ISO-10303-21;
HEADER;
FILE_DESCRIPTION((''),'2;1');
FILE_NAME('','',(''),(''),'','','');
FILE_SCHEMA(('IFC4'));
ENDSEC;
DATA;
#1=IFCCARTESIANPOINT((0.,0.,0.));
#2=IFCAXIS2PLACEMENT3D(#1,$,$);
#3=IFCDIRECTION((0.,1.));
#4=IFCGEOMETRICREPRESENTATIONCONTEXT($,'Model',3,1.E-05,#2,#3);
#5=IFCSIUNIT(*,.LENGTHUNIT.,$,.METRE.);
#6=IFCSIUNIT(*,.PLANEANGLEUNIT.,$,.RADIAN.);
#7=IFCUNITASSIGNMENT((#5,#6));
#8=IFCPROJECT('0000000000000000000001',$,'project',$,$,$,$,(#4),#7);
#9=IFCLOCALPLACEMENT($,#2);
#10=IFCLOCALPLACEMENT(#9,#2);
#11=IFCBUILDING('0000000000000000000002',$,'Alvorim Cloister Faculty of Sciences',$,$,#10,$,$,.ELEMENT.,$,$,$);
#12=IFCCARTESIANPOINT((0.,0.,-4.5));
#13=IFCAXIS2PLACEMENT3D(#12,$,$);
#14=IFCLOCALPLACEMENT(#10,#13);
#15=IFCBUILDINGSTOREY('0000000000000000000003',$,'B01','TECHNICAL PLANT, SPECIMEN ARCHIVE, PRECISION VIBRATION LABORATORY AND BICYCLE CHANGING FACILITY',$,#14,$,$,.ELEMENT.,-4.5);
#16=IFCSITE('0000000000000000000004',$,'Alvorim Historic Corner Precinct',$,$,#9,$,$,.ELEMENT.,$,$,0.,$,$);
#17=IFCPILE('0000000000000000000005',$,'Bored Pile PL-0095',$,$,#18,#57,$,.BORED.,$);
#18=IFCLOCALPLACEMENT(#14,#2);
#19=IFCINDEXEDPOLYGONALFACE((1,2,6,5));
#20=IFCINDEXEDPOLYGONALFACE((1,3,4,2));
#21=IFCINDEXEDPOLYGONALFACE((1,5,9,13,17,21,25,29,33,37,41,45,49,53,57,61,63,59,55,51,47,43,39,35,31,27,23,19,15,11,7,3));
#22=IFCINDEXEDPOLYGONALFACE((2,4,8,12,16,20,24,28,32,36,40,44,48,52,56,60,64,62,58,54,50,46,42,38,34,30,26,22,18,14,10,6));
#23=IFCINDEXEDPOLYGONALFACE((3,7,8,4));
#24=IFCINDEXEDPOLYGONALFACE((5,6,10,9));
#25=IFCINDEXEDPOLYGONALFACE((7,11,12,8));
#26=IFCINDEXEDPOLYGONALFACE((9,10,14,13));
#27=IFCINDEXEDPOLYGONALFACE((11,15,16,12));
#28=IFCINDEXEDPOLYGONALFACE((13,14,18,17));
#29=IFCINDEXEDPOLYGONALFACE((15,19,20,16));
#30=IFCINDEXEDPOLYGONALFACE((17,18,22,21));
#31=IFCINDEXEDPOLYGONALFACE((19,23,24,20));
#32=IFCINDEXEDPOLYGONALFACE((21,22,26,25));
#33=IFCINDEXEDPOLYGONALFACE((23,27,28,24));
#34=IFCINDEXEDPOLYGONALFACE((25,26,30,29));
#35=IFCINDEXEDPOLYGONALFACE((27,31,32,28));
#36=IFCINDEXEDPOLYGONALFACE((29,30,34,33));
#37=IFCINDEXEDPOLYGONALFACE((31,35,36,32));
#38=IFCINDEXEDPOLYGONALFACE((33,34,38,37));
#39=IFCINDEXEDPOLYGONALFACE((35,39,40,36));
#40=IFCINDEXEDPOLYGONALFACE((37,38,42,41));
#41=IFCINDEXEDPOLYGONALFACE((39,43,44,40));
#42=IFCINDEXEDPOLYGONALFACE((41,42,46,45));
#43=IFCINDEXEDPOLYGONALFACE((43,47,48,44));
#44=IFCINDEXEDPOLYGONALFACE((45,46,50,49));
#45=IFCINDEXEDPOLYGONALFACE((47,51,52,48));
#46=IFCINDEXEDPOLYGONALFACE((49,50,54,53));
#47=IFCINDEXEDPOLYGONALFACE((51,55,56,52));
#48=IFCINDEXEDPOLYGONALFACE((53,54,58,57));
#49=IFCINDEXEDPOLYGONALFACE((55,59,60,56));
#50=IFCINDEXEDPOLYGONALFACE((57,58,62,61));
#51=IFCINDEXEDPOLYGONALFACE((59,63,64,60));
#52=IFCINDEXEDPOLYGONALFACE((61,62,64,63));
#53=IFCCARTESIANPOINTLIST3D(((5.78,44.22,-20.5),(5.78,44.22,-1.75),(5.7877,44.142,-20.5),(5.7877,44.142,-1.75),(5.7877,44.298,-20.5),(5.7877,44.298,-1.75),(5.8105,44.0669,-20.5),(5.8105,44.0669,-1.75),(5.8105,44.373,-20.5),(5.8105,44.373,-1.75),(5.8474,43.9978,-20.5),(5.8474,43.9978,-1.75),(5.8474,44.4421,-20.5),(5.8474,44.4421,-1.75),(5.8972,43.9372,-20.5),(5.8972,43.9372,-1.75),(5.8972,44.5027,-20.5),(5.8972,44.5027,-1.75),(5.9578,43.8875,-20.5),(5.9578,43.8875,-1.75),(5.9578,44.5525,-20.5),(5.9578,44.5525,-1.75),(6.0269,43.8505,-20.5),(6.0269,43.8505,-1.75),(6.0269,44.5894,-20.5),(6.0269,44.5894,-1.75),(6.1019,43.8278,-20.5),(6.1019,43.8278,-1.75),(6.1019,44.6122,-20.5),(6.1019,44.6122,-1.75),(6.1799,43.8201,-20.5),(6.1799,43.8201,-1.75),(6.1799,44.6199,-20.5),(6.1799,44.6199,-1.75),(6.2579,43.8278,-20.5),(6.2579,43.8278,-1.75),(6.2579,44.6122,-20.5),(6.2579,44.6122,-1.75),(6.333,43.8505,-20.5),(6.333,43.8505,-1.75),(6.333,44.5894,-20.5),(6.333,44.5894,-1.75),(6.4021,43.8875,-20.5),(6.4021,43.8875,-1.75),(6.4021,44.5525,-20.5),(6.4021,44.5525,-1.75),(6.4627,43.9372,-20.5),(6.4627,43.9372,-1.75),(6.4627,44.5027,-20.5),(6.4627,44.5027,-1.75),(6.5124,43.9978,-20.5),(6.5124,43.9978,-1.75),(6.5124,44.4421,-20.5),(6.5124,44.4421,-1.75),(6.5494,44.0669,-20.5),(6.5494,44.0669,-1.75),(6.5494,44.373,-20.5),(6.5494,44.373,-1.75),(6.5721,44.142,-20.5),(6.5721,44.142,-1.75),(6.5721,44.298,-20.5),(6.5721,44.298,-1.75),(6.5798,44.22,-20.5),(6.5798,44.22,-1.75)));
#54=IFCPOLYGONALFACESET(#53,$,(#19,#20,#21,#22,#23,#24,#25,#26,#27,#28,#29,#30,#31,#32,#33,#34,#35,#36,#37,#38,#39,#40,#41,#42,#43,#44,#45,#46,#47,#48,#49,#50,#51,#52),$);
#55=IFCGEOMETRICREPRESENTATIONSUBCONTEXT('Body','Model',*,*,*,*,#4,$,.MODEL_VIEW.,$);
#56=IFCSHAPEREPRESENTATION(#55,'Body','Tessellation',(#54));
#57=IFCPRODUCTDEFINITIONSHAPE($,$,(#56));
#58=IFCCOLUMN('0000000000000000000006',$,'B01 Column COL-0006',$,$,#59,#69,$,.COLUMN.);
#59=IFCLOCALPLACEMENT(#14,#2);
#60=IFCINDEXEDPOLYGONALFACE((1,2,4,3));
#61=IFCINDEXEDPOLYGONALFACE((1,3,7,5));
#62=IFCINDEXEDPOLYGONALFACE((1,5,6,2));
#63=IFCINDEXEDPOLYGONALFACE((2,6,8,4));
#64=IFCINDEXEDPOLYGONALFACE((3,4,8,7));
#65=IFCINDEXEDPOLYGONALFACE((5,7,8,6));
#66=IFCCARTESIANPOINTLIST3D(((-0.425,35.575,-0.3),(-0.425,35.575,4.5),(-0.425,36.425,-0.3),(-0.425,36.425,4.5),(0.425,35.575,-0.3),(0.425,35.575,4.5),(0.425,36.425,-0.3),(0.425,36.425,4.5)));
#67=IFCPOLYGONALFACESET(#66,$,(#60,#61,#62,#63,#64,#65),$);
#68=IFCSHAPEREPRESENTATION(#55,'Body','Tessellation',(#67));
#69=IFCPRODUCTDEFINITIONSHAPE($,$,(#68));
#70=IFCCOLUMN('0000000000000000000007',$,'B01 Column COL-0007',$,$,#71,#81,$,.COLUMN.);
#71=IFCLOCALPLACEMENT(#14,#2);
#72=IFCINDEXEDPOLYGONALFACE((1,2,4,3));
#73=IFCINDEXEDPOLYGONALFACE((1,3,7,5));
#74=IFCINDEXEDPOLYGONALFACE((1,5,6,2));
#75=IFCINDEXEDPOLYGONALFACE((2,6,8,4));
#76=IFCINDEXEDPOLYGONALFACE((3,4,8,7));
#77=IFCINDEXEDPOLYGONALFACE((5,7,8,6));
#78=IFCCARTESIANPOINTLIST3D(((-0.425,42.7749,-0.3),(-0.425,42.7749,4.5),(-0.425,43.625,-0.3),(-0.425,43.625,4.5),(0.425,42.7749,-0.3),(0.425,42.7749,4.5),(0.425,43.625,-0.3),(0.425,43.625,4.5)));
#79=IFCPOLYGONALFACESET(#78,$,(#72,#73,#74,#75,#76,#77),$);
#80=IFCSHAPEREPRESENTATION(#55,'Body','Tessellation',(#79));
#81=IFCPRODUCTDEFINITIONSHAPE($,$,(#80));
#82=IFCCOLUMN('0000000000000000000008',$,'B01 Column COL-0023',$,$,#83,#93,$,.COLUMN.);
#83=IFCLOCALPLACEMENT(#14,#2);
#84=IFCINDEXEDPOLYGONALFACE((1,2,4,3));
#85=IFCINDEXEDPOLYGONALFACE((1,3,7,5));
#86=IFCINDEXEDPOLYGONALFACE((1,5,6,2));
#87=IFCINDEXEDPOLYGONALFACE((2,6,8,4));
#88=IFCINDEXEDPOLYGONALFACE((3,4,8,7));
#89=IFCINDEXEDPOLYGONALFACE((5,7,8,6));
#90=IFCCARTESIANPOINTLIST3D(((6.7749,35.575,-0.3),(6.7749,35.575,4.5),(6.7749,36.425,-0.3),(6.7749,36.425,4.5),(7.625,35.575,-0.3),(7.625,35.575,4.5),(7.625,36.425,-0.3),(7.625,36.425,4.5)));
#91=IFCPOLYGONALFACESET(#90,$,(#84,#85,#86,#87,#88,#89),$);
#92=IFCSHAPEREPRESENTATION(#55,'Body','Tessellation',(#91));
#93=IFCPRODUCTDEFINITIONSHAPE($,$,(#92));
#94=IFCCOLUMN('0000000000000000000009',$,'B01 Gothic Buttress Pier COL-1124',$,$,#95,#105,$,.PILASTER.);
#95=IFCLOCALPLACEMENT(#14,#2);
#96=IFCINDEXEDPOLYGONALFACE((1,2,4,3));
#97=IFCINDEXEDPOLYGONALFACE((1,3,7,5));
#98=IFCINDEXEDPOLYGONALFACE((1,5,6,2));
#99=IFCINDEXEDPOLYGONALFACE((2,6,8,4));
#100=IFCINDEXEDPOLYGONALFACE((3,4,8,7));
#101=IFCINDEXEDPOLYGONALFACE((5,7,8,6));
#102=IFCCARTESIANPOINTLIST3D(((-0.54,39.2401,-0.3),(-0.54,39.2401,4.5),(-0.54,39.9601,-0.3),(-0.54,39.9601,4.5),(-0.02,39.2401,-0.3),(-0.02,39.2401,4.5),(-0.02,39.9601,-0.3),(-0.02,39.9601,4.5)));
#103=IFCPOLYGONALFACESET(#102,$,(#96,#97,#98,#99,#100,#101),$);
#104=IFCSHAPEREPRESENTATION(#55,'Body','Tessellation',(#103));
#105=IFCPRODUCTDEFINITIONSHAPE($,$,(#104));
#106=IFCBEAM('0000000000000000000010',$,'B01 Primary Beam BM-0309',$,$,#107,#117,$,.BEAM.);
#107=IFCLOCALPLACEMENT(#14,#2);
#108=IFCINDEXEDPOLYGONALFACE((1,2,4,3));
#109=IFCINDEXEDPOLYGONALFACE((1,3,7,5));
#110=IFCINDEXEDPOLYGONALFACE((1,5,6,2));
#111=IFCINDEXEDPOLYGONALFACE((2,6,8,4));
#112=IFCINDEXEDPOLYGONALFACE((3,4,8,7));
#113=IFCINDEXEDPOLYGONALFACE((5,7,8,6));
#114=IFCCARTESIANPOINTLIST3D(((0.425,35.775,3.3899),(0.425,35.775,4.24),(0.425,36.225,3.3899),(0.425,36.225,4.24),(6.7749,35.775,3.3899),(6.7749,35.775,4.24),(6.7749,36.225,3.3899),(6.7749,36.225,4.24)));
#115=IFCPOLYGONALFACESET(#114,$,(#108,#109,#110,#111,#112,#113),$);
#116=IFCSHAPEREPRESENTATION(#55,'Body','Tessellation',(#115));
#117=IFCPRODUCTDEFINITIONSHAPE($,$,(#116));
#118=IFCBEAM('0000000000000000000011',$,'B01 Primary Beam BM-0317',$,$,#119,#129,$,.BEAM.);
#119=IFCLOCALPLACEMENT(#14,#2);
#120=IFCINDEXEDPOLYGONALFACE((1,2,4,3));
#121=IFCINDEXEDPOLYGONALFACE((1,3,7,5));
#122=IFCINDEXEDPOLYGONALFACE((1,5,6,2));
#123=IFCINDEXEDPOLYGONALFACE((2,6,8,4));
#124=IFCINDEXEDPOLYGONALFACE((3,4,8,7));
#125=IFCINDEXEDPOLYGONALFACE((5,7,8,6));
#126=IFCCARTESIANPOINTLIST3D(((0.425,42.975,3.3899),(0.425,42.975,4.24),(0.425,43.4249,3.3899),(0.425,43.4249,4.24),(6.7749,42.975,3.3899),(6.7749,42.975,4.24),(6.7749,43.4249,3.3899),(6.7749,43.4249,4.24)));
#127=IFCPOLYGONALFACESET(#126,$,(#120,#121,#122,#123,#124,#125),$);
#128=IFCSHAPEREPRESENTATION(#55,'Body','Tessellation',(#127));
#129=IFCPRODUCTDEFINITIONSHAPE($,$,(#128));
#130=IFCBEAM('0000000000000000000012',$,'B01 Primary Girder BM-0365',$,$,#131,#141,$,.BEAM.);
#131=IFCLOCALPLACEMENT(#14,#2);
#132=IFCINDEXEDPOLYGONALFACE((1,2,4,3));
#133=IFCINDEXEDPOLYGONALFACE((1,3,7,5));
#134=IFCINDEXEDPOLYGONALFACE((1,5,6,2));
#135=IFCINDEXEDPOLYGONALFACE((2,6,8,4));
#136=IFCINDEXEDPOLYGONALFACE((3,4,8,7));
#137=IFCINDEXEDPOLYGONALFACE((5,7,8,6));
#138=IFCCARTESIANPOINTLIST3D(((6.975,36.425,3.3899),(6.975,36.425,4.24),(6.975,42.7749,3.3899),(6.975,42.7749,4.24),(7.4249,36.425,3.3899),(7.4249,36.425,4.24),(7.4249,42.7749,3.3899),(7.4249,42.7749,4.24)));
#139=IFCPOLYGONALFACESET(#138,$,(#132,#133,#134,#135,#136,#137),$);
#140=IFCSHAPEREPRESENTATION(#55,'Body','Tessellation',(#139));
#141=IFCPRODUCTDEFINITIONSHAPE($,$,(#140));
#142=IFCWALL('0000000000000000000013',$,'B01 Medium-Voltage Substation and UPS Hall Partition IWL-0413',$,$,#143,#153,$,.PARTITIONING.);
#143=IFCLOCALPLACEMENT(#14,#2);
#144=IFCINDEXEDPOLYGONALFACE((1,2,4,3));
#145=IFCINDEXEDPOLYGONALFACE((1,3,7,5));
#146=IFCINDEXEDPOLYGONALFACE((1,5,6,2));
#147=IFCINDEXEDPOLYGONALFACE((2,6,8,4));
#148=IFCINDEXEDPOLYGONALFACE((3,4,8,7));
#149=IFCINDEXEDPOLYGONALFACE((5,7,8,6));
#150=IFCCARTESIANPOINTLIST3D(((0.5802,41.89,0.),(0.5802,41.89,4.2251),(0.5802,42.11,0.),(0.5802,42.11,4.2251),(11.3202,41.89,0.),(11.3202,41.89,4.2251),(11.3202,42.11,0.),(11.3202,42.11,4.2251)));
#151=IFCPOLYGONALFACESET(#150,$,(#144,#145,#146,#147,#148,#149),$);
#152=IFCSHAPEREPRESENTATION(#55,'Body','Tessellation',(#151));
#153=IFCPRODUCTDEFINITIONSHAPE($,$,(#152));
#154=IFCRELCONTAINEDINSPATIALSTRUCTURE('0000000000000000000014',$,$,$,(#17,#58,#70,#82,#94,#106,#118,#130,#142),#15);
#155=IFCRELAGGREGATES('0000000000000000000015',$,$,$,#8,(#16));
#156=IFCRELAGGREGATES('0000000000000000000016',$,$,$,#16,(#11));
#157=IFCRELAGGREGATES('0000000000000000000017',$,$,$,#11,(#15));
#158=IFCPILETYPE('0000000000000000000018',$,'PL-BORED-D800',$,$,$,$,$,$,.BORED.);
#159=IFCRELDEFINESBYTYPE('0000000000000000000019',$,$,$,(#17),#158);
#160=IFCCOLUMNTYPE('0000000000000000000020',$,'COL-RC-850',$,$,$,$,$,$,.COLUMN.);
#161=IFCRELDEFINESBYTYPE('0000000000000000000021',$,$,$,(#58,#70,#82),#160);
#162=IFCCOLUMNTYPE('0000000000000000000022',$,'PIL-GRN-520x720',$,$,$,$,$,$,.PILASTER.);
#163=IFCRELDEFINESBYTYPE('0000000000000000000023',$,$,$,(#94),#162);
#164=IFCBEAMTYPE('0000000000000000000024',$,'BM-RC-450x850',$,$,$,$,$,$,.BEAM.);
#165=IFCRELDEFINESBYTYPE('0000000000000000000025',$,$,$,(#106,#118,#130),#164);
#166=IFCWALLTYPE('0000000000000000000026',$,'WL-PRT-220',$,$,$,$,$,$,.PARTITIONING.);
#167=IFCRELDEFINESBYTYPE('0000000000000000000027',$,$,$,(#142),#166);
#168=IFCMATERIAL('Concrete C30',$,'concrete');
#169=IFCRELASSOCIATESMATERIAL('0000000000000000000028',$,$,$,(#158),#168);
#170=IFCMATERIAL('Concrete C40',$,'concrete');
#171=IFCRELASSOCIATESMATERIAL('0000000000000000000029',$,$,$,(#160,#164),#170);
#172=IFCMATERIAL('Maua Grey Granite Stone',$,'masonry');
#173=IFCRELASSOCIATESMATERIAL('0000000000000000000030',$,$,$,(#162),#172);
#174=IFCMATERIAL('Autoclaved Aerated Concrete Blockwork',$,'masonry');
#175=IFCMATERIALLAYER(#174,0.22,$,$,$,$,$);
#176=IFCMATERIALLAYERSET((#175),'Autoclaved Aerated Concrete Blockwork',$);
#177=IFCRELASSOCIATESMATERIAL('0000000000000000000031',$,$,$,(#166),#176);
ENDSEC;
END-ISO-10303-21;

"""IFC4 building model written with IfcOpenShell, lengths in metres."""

from ifc_helpers import new_model, si_unit, direction, frame, frame_2d, origin, origin_2d, place, context, subcontext, project, spatial, rectangle, circle, extrude, material, layer, layer_set, material_profile, profile_set, type_object, element, save


model = new_model("IFC4")

# Units and contexts
model_context = context("Model", 3, precision=1e-05, world=origin(), true_north=direction((0.0, 1.0)))
body_context = subcontext(model_context, "Body", "Model", "MODEL_VIEW")
ifc_project = project(units=[si_unit("LENGTHUNIT", "METRE"), si_unit("PLANEANGLEUNIT", "RADIAN")], contexts=[model_context])

# Site, building, storey
site_placement = place(None, origin())
site = spatial("IfcSite", under=ifc_project, at=site_placement, Name="Alvorim Historic Corner Precinct", CompositionType="ELEMENT", RefElevation=0.0)
building_placement = place(site_placement, origin())
building = spatial("IfcBuilding", under=site, at=building_placement, Name="Alvorim Cloister Faculty of Sciences", CompositionType="ELEMENT")
storey_placement = place(building_placement, frame((0.0, 0.0, -4.5)))
storey = spatial("IfcBuildingStorey", under=building, at=storey_placement, Name="B01", Description="TECHNICAL PLANT, SPECIMEN ARCHIVE, PRECISION VIBRATION LABORATORY AND BICYCLE CHANGING FACILITY", CompositionType="ELEMENT", Elevation=-4.5)

# Shared definitions
ifc_material_1 = material(Name="Concrete C40", Category="concrete")

# Pile
ifc_material_2 = material(Name="Concrete C30", Category="concrete")
ifc_material_profile_1 = material_profile(ifc_material_2, circle(Radius=0.3999, at=origin_2d()), Name="PILE-D800")
ifc_profile_set_1 = profile_set([ifc_material_profile_1], Name="Concrete C30")
pile_type_1 = type_object("IfcPileType", Name="PL-BORED-D800", PredefinedType="BORED", material=ifc_profile_set_1)
for number, where, z_axis, x_axis, name in (
    (1, (6.1799, 44.22, -1.75), (0.0, 0.0, -1.0), (1.0, 0.0, 0.0), "Bored Pile PL-0095"),
):
    element("IfcPile", number, at=place(storey_placement, frame(where, z_axis=z_axis, x_axis=x_axis)), inside=storey, type_object=pile_type_1, Name=name, PredefinedType="BORED", context=body_context, shape_type="SweptSolid", body=[
        extrude(circle(Radius=0.3999, at=origin_2d()), origin(), (0.0, 0.0, 1.0), 18.75),
    ])

# Columns
ifc_material_profile_2 = material_profile(ifc_material_1, rectangle(XDim=0.8501, YDim=0.8501, at=origin_2d()), Name="RC40-COL-850x850")
ifc_profile_set_2 = profile_set([ifc_material_profile_2], Name="Concrete C40")
column_type_1 = type_object("IfcColumnType", Name="COL-RC-850", PredefinedType="COLUMN", material=ifc_profile_set_2)
for number, where, z_axis, x_axis, name in (
    (2, (0.0, 36.0, -0.3), (0.0, 0.0, 1.0), (1.0, 0.0, 0.0), "B01 Column COL-0006"),
    (3, (0.0, 43.2, -0.3), (0.0, 0.0, 1.0), (1.0, 0.0, 0.0), "B01 Column COL-0007"),
    (4, (7.2, 36.0, -0.3), (0.0, 0.0, 1.0), (1.0, 0.0, 0.0), "B01 Column COL-0023"),
):
    element("IfcColumn", number, at=place(storey_placement, frame(where, z_axis=z_axis, x_axis=x_axis)), inside=storey, type_object=column_type_1, Name=name, PredefinedType="COLUMN", context=body_context, shape_type="SweptSolid", body=[
        extrude(rectangle(XDim=0.8501, YDim=0.8501, at=origin_2d()), origin(), (0.0, 0.0, 1.0), 4.8),
    ])
ifc_material_3 = material(Name="Maua Grey Granite Stone", Category="masonry")
ifc_material_profile_3 = material_profile(ifc_material_3, rectangle(XDim=0.52, YDim=0.72, at=origin_2d()), Name="GRN-PIER-520x720")
ifc_profile_set_3 = profile_set([ifc_material_profile_3], Name="Maua Grey Granite Stone")
column_type_2 = type_object("IfcColumnType", Name="PIL-GRN-520x720", PredefinedType="PILASTER", material=ifc_profile_set_3)
column_placement = place(storey_placement, frame((-0.28, 39.6001, -0.3), z_axis=(0.0, 0.0, 1.0), x_axis=(1.0, 0.0, 0.0)))
element("IfcColumn", 5, at=column_placement, inside=storey, type_object=column_type_2, Name="B01 Gothic Buttress Pier COL-1124", PredefinedType="PILASTER", context=body_context, shape_type="SweptSolid", body=[
    extrude(rectangle(XDim=0.52, YDim=0.72, at=origin_2d()), origin(), (0.0, 0.0, 1.0), 4.8),
])

# Beams
ifc_material_profile_4 = material_profile(ifc_material_1, rectangle(XDim=0.45, YDim=0.8501, at=origin_2d()), Name="RC40-BM-450x850")
ifc_profile_set_4 = profile_set([ifc_material_profile_4], Name="Concrete C40")
beam_type = type_object("IfcBeamType", Name="BM-RC-450x850", PredefinedType="BEAM", material=ifc_profile_set_4)
for number, where, z_axis, x_axis, name in (
    (6, (0.425, 36.0, 3.8149), (1.0, 0.0, 0.0), (0.0, 1.0, 0.0), "B01 Primary Beam BM-0309"),
    (7, (0.425, 43.2, 3.8149), (1.0, 0.0, 0.0), (0.0, 1.0, 0.0), "B01 Primary Beam BM-0317"),
    (8, (7.2, 36.425, 3.8149), (0.0, 1.0, 0.0), (-1.0, 0.0, 0.0), "B01 Primary Girder BM-0365"),
):
    element("IfcBeam", number, at=place(storey_placement, frame(where, z_axis=z_axis, x_axis=x_axis)), inside=storey, type_object=beam_type, Name=name, PredefinedType="BEAM", context=body_context, shape_type="SweptSolid", body=[
        extrude(rectangle(XDim=0.45, YDim=0.8501, at=origin_2d()), origin(), (0.0, 0.0, 1.0), 6.3499),
    ])

# Wall
ifc_material_4 = material(Name="Autoclaved Aerated Concrete Blockwork", Category="masonry")
ifc_layer = layer(ifc_material_4, 0.22)
ifc_layer_set = layer_set([ifc_layer], Name="Autoclaved Aerated Concrete Blockwork")
wall_type = type_object("IfcWallType", Name="WL-PRT-220", PredefinedType="PARTITIONING", material=ifc_layer_set)
wall_placement = place(storey_placement, frame((0.5801, 42.0, 0.0), z_axis=(0.0, 0.0, 1.0), x_axis=(1.0, 0.0, 0.0)))
element("IfcWall", 9, at=wall_placement, inside=storey, type_object=wall_type, Name="B01 Medium-Voltage Substation and UPS Hall Partition IWL-0413", PredefinedType="PARTITIONING", context=body_context, shape_type="SweptSolid", body=[
    extrude(rectangle(XDim=10.74, YDim=0.22, at=frame_2d((5.3701, 0.0))), origin(), (0.0, 0.0, 1.0), 4.2251),
])

save(model, "model.ifc")
